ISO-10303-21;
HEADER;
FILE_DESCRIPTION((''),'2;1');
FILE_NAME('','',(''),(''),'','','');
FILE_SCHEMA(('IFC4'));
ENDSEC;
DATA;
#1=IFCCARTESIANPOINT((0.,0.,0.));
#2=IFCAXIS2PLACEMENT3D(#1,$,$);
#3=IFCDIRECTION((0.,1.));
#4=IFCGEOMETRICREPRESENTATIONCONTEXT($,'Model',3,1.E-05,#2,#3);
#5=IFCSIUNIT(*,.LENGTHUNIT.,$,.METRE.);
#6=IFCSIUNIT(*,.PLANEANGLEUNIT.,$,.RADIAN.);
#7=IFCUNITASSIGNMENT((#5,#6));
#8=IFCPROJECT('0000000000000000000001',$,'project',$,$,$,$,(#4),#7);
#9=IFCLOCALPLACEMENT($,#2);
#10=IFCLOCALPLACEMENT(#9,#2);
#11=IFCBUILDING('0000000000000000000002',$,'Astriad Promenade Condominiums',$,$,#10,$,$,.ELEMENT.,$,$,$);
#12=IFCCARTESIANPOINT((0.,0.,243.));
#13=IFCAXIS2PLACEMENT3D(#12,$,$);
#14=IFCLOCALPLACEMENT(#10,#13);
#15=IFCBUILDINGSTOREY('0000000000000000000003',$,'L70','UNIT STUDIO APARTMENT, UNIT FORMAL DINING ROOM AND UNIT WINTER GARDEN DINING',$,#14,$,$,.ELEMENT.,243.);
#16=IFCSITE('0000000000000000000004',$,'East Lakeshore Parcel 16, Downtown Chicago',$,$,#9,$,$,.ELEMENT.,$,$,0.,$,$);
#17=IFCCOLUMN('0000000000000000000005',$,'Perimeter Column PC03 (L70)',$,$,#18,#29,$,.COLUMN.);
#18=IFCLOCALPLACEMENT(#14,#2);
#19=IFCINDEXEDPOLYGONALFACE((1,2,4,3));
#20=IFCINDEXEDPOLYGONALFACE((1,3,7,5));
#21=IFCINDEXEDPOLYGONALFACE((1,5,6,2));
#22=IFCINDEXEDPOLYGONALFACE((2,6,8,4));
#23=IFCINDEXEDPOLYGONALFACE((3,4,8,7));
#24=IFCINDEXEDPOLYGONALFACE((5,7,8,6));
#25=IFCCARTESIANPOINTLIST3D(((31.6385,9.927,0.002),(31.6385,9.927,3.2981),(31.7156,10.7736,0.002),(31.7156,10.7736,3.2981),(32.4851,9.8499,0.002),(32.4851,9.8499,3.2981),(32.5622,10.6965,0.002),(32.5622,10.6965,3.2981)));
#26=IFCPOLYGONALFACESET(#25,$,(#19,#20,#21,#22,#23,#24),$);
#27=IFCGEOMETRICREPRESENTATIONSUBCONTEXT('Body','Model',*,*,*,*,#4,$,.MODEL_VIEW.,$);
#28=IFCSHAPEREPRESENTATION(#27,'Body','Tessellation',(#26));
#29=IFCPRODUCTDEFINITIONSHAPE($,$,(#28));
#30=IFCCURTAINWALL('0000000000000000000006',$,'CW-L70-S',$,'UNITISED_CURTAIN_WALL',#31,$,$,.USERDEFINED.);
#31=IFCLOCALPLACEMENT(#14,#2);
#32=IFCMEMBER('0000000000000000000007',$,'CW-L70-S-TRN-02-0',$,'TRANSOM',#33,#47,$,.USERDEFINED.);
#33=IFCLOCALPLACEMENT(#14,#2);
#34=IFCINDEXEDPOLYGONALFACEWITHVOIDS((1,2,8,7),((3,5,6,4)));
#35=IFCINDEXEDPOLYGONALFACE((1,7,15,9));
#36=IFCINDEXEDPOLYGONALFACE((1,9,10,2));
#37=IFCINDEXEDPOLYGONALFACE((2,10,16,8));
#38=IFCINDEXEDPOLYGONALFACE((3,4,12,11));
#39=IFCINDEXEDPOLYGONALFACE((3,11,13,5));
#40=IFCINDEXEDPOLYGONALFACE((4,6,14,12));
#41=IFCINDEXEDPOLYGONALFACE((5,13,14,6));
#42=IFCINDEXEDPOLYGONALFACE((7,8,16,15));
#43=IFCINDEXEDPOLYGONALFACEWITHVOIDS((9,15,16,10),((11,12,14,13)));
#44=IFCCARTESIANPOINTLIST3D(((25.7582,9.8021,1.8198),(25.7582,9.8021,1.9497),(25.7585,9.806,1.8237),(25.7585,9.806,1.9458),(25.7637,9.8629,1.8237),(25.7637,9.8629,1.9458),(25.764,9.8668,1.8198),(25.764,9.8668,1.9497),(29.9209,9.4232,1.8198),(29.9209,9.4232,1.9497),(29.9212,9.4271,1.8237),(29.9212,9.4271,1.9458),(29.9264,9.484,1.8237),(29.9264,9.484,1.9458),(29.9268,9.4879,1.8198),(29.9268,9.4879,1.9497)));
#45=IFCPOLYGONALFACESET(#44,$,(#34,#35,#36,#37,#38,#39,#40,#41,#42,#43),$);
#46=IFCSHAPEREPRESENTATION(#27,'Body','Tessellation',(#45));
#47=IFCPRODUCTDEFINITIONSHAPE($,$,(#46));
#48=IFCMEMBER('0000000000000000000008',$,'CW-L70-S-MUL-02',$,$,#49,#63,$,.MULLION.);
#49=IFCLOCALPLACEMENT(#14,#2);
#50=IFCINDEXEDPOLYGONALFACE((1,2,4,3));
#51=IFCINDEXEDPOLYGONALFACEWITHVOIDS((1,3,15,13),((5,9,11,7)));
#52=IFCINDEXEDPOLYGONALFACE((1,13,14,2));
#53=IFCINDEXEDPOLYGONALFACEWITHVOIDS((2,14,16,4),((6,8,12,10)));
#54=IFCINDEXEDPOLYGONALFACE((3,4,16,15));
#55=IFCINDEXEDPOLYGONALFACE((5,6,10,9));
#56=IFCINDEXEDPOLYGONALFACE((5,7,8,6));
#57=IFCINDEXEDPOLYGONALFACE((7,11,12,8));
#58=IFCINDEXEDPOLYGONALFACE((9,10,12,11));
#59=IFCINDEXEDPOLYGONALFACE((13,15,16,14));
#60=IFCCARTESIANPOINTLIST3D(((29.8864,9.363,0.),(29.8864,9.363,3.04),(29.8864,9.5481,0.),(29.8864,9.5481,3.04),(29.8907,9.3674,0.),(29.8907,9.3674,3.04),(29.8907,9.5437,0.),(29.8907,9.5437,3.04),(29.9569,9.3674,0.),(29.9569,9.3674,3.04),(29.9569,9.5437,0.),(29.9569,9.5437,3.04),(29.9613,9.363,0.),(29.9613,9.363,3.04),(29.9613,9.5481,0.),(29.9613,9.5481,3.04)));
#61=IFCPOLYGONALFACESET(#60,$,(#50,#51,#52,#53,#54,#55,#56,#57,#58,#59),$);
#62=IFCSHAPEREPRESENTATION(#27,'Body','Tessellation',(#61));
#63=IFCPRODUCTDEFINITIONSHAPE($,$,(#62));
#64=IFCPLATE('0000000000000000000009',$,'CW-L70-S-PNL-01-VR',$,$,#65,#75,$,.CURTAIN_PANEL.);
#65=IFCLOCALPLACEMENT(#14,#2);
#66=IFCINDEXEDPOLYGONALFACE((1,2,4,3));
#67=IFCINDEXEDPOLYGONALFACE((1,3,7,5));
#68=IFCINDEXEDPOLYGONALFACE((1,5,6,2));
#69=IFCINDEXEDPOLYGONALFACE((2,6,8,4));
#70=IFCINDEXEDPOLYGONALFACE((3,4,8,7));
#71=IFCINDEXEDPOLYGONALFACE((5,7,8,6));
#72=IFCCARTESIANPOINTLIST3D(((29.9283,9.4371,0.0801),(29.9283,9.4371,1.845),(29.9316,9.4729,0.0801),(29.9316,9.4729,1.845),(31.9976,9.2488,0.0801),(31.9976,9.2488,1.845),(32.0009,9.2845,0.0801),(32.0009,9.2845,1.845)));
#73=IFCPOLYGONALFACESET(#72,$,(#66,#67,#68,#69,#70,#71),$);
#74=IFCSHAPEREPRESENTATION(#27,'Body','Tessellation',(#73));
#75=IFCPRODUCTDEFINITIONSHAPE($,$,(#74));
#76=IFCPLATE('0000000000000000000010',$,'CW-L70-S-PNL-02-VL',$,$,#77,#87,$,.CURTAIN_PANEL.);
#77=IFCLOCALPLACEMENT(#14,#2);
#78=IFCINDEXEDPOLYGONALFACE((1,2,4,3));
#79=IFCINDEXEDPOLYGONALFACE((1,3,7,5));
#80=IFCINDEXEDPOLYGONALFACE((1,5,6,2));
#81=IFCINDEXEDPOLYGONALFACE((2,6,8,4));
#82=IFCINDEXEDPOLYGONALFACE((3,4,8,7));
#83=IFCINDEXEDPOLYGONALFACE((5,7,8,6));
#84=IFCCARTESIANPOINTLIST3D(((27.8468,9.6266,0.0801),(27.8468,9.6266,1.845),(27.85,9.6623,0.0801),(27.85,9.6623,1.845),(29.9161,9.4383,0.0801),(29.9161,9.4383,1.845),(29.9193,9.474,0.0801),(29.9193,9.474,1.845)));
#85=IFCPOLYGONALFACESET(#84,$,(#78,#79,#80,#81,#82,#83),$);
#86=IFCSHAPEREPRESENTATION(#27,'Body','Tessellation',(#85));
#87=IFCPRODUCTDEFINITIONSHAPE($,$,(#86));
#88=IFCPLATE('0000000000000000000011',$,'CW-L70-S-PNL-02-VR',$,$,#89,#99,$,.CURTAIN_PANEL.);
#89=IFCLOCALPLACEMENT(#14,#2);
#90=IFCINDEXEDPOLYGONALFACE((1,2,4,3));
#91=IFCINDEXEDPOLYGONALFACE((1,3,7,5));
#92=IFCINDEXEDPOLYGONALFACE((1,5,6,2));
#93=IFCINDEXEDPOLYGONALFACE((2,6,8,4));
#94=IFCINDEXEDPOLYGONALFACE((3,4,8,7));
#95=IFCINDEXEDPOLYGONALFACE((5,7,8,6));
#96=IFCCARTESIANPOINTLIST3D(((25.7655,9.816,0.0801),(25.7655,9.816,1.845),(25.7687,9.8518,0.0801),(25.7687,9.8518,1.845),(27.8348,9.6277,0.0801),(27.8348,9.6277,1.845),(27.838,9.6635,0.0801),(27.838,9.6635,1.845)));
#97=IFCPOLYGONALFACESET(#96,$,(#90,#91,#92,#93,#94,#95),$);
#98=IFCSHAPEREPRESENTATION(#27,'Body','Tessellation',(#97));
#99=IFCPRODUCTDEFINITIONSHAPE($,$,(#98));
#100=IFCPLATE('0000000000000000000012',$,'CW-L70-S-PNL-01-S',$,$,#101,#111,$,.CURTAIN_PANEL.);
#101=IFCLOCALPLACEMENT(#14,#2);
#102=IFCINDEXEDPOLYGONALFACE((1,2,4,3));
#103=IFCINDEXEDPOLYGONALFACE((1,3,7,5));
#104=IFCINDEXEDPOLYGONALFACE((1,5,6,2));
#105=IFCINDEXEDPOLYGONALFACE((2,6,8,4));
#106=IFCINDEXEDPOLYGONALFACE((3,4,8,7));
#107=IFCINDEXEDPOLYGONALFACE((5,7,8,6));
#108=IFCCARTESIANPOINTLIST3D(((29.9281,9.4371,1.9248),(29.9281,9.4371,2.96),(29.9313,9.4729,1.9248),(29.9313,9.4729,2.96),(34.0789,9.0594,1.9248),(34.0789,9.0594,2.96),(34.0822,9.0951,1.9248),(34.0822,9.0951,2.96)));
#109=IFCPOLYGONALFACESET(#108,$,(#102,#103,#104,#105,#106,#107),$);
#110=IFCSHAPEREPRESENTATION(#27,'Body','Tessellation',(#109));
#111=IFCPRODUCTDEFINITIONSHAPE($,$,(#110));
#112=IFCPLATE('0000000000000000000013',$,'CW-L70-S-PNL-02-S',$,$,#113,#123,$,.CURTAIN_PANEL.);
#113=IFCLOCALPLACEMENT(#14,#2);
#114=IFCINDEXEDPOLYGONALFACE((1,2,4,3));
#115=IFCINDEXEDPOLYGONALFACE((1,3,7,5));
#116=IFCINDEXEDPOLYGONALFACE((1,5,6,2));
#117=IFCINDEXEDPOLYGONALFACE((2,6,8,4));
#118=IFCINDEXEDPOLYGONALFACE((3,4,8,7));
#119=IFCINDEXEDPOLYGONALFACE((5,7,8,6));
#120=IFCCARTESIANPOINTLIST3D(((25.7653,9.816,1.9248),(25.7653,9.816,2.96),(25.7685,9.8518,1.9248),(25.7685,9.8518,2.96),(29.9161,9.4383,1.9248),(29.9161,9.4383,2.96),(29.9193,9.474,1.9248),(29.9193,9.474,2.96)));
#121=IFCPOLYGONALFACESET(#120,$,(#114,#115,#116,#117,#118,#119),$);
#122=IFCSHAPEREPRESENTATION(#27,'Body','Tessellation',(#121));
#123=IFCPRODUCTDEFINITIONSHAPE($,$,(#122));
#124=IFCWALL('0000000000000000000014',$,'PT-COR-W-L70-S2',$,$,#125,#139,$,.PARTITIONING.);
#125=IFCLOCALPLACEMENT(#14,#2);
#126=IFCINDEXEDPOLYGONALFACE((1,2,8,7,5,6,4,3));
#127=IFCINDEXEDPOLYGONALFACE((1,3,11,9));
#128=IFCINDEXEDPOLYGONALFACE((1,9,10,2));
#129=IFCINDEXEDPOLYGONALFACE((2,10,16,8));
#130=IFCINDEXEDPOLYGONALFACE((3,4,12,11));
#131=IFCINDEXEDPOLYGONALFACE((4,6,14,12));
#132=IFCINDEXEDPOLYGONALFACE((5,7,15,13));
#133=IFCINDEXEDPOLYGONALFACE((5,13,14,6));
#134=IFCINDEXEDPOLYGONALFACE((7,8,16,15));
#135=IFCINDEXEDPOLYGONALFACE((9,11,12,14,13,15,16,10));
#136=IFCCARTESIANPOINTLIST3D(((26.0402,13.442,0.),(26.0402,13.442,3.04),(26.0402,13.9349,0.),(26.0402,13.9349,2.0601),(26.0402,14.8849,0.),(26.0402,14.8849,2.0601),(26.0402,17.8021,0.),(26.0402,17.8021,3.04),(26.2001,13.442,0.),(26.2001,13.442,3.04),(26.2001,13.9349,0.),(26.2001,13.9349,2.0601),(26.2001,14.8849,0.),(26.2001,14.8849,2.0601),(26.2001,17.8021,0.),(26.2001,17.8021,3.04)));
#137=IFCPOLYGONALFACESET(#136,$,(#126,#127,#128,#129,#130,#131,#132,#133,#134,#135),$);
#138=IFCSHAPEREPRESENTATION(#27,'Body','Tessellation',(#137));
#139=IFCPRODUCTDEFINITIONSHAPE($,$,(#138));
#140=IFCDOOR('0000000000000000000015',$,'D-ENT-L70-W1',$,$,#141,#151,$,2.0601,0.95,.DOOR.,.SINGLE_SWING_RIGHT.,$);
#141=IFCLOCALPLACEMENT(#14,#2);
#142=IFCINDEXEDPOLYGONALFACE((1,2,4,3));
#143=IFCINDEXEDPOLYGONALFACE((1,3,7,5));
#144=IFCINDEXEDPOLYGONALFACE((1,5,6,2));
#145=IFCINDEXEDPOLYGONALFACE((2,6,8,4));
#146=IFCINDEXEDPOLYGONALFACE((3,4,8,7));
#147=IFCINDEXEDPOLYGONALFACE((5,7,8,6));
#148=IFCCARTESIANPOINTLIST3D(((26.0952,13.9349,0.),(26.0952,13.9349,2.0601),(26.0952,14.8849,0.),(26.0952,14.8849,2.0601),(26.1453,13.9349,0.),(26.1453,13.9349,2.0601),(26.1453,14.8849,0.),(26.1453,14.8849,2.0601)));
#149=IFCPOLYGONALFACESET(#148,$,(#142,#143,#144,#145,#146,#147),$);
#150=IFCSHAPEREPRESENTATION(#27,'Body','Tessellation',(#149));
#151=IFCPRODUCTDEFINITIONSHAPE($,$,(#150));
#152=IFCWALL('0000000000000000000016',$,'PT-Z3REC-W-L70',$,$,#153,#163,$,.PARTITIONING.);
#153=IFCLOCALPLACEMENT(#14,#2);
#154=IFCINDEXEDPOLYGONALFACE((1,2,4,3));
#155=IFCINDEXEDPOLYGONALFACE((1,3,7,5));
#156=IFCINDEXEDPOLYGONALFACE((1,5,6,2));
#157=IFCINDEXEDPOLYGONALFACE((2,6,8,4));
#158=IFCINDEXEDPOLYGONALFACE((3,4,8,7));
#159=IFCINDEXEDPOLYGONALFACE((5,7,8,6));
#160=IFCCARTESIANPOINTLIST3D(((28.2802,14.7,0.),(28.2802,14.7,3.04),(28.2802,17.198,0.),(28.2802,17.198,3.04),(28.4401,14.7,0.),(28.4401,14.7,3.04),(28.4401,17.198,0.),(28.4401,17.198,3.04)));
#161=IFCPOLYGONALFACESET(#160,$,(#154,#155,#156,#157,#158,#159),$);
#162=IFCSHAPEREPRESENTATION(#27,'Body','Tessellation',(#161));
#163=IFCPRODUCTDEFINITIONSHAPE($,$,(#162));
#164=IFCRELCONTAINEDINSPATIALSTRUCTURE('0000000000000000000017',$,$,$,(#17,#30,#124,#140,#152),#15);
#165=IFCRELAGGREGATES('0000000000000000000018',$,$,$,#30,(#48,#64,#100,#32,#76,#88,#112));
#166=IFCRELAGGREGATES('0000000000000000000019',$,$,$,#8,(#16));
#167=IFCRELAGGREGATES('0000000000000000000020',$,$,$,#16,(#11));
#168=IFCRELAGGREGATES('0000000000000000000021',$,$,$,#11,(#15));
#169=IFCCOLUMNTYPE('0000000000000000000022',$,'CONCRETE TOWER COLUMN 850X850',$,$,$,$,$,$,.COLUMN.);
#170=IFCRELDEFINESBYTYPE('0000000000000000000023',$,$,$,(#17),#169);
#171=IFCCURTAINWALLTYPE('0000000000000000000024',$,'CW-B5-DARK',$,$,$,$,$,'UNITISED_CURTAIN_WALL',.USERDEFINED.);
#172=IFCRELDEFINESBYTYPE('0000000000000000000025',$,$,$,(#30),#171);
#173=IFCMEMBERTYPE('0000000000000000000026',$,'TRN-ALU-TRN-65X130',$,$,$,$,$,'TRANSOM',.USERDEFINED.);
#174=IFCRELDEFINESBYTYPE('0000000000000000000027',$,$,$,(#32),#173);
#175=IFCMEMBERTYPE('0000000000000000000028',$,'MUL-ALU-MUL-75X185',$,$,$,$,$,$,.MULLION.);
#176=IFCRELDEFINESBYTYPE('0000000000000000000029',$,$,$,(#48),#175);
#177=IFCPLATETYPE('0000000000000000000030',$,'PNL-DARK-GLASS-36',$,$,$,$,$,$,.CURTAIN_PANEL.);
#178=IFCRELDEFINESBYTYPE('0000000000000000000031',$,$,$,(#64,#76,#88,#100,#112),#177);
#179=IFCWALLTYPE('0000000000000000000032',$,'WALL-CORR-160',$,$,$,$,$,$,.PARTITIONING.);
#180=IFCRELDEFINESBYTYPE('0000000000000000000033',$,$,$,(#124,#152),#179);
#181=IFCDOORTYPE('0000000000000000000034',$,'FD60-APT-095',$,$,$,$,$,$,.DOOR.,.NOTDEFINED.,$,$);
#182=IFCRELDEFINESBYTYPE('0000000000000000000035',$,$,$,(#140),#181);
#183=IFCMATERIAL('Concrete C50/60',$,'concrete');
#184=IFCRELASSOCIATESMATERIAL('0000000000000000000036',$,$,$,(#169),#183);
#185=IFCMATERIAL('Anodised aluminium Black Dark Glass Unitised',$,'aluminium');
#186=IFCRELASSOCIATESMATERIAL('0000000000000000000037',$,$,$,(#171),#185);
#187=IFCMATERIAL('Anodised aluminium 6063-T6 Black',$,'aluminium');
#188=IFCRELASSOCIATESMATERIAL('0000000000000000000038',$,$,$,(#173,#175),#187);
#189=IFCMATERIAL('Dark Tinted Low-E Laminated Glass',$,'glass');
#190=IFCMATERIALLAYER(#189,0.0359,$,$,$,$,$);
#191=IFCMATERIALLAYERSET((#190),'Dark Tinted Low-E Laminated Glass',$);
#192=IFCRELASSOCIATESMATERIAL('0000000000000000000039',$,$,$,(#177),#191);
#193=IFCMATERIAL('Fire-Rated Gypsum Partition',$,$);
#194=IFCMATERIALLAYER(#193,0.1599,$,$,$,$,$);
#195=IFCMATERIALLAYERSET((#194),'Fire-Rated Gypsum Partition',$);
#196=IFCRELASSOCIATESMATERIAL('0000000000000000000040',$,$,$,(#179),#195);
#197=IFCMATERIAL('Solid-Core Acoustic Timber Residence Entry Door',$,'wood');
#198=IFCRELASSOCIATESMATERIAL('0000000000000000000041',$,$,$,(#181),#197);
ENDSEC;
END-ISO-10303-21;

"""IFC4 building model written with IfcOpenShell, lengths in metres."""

from ifc_helpers import new_model, si_unit, direction, frame, frame_2d, origin, origin_2d, place, context, subcontext, project, spatial, rectangle, hollow_rectangle, extrude, source, transform, mapped, material, layer, layer_set, material_profile, profile_set, type_object, type_shapes, element, fill, aggregate, save


model = new_model("IFC4")

# Units and contexts
model_context = context("Model", 3, precision=1e-05, world=origin(), true_north=direction((0.0, 1.0)))
body_context = subcontext(model_context, "Body", "Model", "MODEL_VIEW")
ifc_project = project(units=[si_unit("LENGTHUNIT", "METRE"), si_unit("PLANEANGLEUNIT", "RADIAN")], contexts=[model_context])

# Site, building, storey
site_placement = place(None, origin())
site = spatial("IfcSite", under=ifc_project, at=site_placement, Name="East Lakeshore Parcel 16, Downtown Chicago", CompositionType="ELEMENT", RefElevation=0.0)
building_placement = place(site_placement, origin())
building = spatial("IfcBuilding", under=site, at=building_placement, Name="Astriad Promenade Condominiums", CompositionType="ELEMENT")
storey_placement = place(building_placement, frame((0.0, 0.0, 243.0)))
storey = spatial("IfcBuildingStorey", under=building, at=storey_placement, Name="L70", Description="UNIT STUDIO APARTMENT, UNIT FORMAL DINING ROOM AND UNIT WINTER GARDEN DINING", CompositionType="ELEMENT", Elevation=243.0)

# Column
ifc_material_1 = material(Name="Concrete C50/60", Category="concrete")
ifc_material_profile_1 = material_profile(ifc_material_1, rectangle(XDim=0.8501, YDim=0.8501, at=origin_2d()), Name="RC-COL-850X850")
ifc_profile_set_1 = profile_set([ifc_material_profile_1], Name="Concrete C50/60")
column_type = type_object("IfcColumnType", Name="CONCRETE TOWER COLUMN 850X850", PredefinedType="COLUMN", material=ifc_profile_set_1)
shared_shape_1 = source(origin(), body_context, "Body", "SweptSolid", [
    extrude(rectangle(XDim=0.8501, YDim=0.8501, at=origin_2d()), origin(), (0.0, 0.0, 1.0), 3.2961),
])
type_shapes(column_type, [shared_shape_1])
column_placement = place(storey_placement, frame((32.1003, 10.3118, 0.002), z_axis=(0.0, 0.0, 1.0), x_axis=(0.995884, -0.090633, 0.0)))
element("IfcColumn", 1, at=column_placement, inside=storey, type_object=column_type, Name="Perimeter Column PC03 (L70)", PredefinedType="COLUMN", context=body_context, shape_type="MappedRepresentation", body=[
    mapped(shared_shape_1, transform((0.0, 0.0, 0.0), scale=1.0)),
])

# Curtain wall, members, plates
ifc_material_2 = material(Name="Anodised aluminium Black Dark Glass Unitised", Category="aluminium")
curtain_wall_type = type_object("IfcCurtainWallType", Name="CW-B5-DARK", ElementType="UNITISED_CURTAIN_WALL", PredefinedType="USERDEFINED", material=ifc_material_2)
curtain_wall_placement = place(storey_placement, origin())
curtain_wall = element("IfcCurtainWall", 2, at=curtain_wall_placement, inside=storey, type_object=curtain_wall_type, Name="CW-L70-S", ObjectType="UNITISED_CURTAIN_WALL", PredefinedType="USERDEFINED")
ifc_material_3 = material(Name="Anodised aluminium 6063-T6 Black", Category="aluminium")
ifc_material_profile_2 = material_profile(ifc_material_3, hollow_rectangle(XDim=0.0649, YDim=0.1299, WallThickness=0.0039, at=origin_2d()), Name="ALU-TRN-65X130")
ifc_profile_set_2 = profile_set([ifc_material_profile_2], Name="Anodised aluminium 6063-T6 Black")
member_type_1 = type_object("IfcMemberType", Name="TRN-ALU-TRN-65X130", ElementType="TRANSOM", PredefinedType="USERDEFINED", material=ifc_profile_set_2)
shared_shape_2 = source(origin(), body_context, "Body", "SweptSolid", [
    extrude(hollow_rectangle(XDim=0.0649, YDim=0.1299, WallThickness=0.0039, at=origin_2d()), origin(), (0.0, 0.0, 1.0), 4.1799),
])
type_shapes(member_type_1, [shared_shape_2])
member_1_placement = place(storey_placement, frame((29.9238, 9.4556, 1.8848), z_axis=(-0.995883, 0.090646, 0.0), x_axis=(-0.090646, -0.995883, 0.0)))
member_1 = element("IfcMember", 3, at=member_1_placement, type_object=member_type_1, Name="CW-L70-S-TRN-02-0", ObjectType="TRANSOM", PredefinedType="USERDEFINED", context=body_context, shape_type="MappedRepresentation", body=[
    mapped(shared_shape_2, transform((0.0, 0.0, 0.0), scale=1.0)),
])
ifc_material_profile_3 = material_profile(ifc_material_3, hollow_rectangle(XDim=0.075, YDim=0.1851, WallThickness=0.0044, at=origin_2d()), Name="ALU-MUL-75X185")
ifc_profile_set_3 = profile_set([ifc_material_profile_3], Name="Anodised aluminium 6063-T6 Black")
member_type_2 = type_object("IfcMemberType", Name="MUL-ALU-MUL-75X185", PredefinedType="MULLION", material=ifc_profile_set_3)
shared_shape_3 = source(origin(), body_context, "Body", "SweptSolid", [
    extrude(hollow_rectangle(XDim=0.075, YDim=0.1851, WallThickness=0.0044, at=origin_2d()), origin(), (0.0, 0.0, 1.0), 3.04),
])
type_shapes(member_type_2, [shared_shape_3])
member_2_placement = place(storey_placement, frame((29.9238, 9.4556, 0.0), z_axis=(0.0, 0.0, 1.0), x_axis=(1.0, 0.0, 0.0)))
member_2 = element("IfcMember", 4, at=member_2_placement, type_object=member_type_2, Name="CW-L70-S-MUL-02", PredefinedType="MULLION", context=body_context, shape_type="MappedRepresentation", body=[
    mapped(shared_shape_3, transform((0.0, 0.0, 0.0), scale=1.0)),
])
ifc_material_4 = material(Name="Dark Tinted Low-E Laminated Glass", Category="glass")
ifc_layer_1 = layer(ifc_material_4, 0.0359)
ifc_layer_set_1 = layer_set([ifc_layer_1], Name="Dark Tinted Low-E Laminated Glass")
plate_type = type_object("IfcPlateType", Name="PNL-DARK-GLASS-36", PredefinedType="CURTAIN_PANEL", material=ifc_layer_set_1)
shared_shape_4 = source(origin(), body_context, "Body", "SweptSolid", [
    extrude(rectangle(XDim=2.0779, YDim=0.0359, at=origin_2d()), origin(), (0.0, 0.0, 1.0), 1.7649),
])
plate_1_placement = place(storey_placement, frame((30.9646, 9.3608, 0.0801), z_axis=(0.0, 0.0, 1.0), x_axis=(-0.995884, 0.090633, 0.0)))
plate_1 = element("IfcPlate", 5, at=plate_1_placement, type_object=plate_type, Name="CW-L70-S-PNL-01-VR", PredefinedType="CURTAIN_PANEL", context=body_context, shape_type="MappedRepresentation", body=[
    mapped(shared_shape_4, transform((0.0, 0.0, 0.0), scale=1.0)),
])
plate_2_placement = place(storey_placement, frame((28.8831, 9.5503, 0.0801), z_axis=(0.0, 0.0, 1.0), x_axis=(-0.995884, 0.090633, 0.0)))
plate_2 = element("IfcPlate", 6, at=plate_2_placement, type_object=plate_type, Name="CW-L70-S-PNL-02-VL", PredefinedType="CURTAIN_PANEL", context=body_context, shape_type="MappedRepresentation", body=[
    mapped(shared_shape_4, transform((0.0, 0.0, 0.0), scale=1.0)),
])
plate_3_placement = place(storey_placement, frame((26.8018, 9.7397, 0.0801), z_axis=(0.0, 0.0, 1.0), x_axis=(-0.995884, 0.090633, 0.0)))
plate_3 = element("IfcPlate", 7, at=plate_3_placement, type_object=plate_type, Name="CW-L70-S-PNL-02-VR", PredefinedType="CURTAIN_PANEL", context=body_context, shape_type="MappedRepresentation", body=[
    mapped(shared_shape_4, transform((0.0, 0.0, 0.0), scale=1.0)),
])
shared_shape_5 = source(origin(), body_context, "Body", "SweptSolid", [
    extrude(rectangle(XDim=4.168, YDim=0.0359, at=origin_2d()), origin(), (0.0, 0.0, 1.0), 1.0352),
])
type_shapes(plate_type, [shared_shape_4, shared_shape_5])
plate_4_placement = place(storey_placement, frame((32.0051, 9.2661, 1.9248), z_axis=(0.0, 0.0, 1.0), x_axis=(-0.995884, 0.090633, 0.0)))
plate_4 = element("IfcPlate", 8, at=plate_4_placement, type_object=plate_type, Name="CW-L70-S-PNL-01-S", PredefinedType="CURTAIN_PANEL", context=body_context, shape_type="MappedRepresentation", body=[
    mapped(shared_shape_5, transform((0.0, 0.0, 0.0), scale=1.0)),
])
plate_5_placement = place(storey_placement, frame((27.8423, 9.645, 1.9248), z_axis=(0.0, 0.0, 1.0), x_axis=(-0.995884, 0.090633, 0.0)))
plate_5 = element("IfcPlate", 9, at=plate_5_placement, type_object=plate_type, Name="CW-L70-S-PNL-02-S", PredefinedType="CURTAIN_PANEL", context=body_context, shape_type="MappedRepresentation", body=[
    mapped(shared_shape_5, transform((0.0, 0.0, 0.0), scale=1.0)),
])
aggregate(curtain_wall, [member_2, plate_1, plate_4, member_1, plate_2, plate_3, plate_5])

# Wall, opening, door
ifc_material_5 = material(Name="Fire-Rated Gypsum Partition")
ifc_layer_2 = layer(ifc_material_5, 0.1599)
ifc_layer_set_2 = layer_set([ifc_layer_2], Name="Fire-Rated Gypsum Partition")
wall_type_1 = type_object("IfcWallType", Name="WALL-CORR-160", PredefinedType="PARTITIONING", material=ifc_layer_set_2)
wall_1_placement = place(storey_placement, frame((26.1201, 13.4419, 0.0), z_axis=(0.0, 0.0, 1.0), x_axis=(0.0, 1.0, 0.0)))
wall_1 = element("IfcWall", 10, at=wall_1_placement, inside=storey, type_object=wall_type_1, Name="PT-COR-W-L70-S2", PredefinedType="PARTITIONING", context=body_context, shape_type="SweptSolid", body=[
    extrude(rectangle(XDim=4.3601, YDim=0.1599, at=frame_2d((2.1802, 0.0))), origin(), (0.0, 0.0, 1.0), 3.04),
])
opening_1_placement = place(wall_1_placement, frame((0.4929, 0.0, 0.0)))
opening_1 = element("IfcOpeningElement", 11, at=opening_1_placement, cuts=wall_1, PredefinedType="OPENING", context=body_context, shape_type="SweptSolid", body=[
    extrude(rectangle(XDim=0.95, YDim=2.0601, at=frame_2d((0.4751, 1.03))), frame((0.0, 0.0898, 0.0), z_axis=(0.0, -1.0, 0.0), x_axis=(1.0, 0.0, 0.0)), (0.0, 0.0, 1.0), 0.1799),
])
ifc_material_6 = material(Name="Solid-Core Acoustic Timber Residence Entry Door", Category="wood")
door_type_1 = type_object("IfcDoorType", Name="FD60-APT-095", OperationType="NOTDEFINED", PredefinedType="DOOR", material=ifc_material_6)
shared_shape_6 = source(origin(), body_context, "Body", "SweptSolid", [
    extrude(rectangle(XDim=0.95, YDim=2.0601, at=frame_2d((0.4751, 1.03))), frame((0.0, 0.0249, 0.0), z_axis=(0.0, -1.0, 0.0), x_axis=(1.0, 0.0, 0.0)), (0.0, 0.0, 1.0), 0.05),
])
type_shapes(door_type_1, [shared_shape_6])
door_1_placement = place(opening_1_placement, origin())
door_1 = element("IfcDoor", 12, at=door_1_placement, inside=storey, type_object=door_type_1, Name="D-ENT-L70-W1", OperationType="SINGLE_SWING_RIGHT", OverallHeight=2.0601, OverallWidth=0.95, PredefinedType="DOOR", context=body_context, shape_type="MappedRepresentation", body=[
    mapped(shared_shape_6, transform((0.0, 0.0, 0.0), scale=1.0)),
])
fill(opening_1, door_1)

# Wall
wall_2_placement = place(storey_placement, frame((28.3601, 14.7, 0.0), z_axis=(0.0, 0.0, 1.0), x_axis=(0.0, 1.0, 0.0)))
element("IfcWall", 13, at=wall_2_placement, inside=storey, type_object=wall_type_1, Name="PT-Z3REC-W-L70", PredefinedType="PARTITIONING", context=body_context, shape_type="SweptSolid", body=[
    extrude(rectangle(XDim=2.498, YDim=0.1599, at=frame_2d((1.249, 0.0))), origin(), (0.0, 0.0, 1.0), 3.04),
])

save(model, "model.ifc")
